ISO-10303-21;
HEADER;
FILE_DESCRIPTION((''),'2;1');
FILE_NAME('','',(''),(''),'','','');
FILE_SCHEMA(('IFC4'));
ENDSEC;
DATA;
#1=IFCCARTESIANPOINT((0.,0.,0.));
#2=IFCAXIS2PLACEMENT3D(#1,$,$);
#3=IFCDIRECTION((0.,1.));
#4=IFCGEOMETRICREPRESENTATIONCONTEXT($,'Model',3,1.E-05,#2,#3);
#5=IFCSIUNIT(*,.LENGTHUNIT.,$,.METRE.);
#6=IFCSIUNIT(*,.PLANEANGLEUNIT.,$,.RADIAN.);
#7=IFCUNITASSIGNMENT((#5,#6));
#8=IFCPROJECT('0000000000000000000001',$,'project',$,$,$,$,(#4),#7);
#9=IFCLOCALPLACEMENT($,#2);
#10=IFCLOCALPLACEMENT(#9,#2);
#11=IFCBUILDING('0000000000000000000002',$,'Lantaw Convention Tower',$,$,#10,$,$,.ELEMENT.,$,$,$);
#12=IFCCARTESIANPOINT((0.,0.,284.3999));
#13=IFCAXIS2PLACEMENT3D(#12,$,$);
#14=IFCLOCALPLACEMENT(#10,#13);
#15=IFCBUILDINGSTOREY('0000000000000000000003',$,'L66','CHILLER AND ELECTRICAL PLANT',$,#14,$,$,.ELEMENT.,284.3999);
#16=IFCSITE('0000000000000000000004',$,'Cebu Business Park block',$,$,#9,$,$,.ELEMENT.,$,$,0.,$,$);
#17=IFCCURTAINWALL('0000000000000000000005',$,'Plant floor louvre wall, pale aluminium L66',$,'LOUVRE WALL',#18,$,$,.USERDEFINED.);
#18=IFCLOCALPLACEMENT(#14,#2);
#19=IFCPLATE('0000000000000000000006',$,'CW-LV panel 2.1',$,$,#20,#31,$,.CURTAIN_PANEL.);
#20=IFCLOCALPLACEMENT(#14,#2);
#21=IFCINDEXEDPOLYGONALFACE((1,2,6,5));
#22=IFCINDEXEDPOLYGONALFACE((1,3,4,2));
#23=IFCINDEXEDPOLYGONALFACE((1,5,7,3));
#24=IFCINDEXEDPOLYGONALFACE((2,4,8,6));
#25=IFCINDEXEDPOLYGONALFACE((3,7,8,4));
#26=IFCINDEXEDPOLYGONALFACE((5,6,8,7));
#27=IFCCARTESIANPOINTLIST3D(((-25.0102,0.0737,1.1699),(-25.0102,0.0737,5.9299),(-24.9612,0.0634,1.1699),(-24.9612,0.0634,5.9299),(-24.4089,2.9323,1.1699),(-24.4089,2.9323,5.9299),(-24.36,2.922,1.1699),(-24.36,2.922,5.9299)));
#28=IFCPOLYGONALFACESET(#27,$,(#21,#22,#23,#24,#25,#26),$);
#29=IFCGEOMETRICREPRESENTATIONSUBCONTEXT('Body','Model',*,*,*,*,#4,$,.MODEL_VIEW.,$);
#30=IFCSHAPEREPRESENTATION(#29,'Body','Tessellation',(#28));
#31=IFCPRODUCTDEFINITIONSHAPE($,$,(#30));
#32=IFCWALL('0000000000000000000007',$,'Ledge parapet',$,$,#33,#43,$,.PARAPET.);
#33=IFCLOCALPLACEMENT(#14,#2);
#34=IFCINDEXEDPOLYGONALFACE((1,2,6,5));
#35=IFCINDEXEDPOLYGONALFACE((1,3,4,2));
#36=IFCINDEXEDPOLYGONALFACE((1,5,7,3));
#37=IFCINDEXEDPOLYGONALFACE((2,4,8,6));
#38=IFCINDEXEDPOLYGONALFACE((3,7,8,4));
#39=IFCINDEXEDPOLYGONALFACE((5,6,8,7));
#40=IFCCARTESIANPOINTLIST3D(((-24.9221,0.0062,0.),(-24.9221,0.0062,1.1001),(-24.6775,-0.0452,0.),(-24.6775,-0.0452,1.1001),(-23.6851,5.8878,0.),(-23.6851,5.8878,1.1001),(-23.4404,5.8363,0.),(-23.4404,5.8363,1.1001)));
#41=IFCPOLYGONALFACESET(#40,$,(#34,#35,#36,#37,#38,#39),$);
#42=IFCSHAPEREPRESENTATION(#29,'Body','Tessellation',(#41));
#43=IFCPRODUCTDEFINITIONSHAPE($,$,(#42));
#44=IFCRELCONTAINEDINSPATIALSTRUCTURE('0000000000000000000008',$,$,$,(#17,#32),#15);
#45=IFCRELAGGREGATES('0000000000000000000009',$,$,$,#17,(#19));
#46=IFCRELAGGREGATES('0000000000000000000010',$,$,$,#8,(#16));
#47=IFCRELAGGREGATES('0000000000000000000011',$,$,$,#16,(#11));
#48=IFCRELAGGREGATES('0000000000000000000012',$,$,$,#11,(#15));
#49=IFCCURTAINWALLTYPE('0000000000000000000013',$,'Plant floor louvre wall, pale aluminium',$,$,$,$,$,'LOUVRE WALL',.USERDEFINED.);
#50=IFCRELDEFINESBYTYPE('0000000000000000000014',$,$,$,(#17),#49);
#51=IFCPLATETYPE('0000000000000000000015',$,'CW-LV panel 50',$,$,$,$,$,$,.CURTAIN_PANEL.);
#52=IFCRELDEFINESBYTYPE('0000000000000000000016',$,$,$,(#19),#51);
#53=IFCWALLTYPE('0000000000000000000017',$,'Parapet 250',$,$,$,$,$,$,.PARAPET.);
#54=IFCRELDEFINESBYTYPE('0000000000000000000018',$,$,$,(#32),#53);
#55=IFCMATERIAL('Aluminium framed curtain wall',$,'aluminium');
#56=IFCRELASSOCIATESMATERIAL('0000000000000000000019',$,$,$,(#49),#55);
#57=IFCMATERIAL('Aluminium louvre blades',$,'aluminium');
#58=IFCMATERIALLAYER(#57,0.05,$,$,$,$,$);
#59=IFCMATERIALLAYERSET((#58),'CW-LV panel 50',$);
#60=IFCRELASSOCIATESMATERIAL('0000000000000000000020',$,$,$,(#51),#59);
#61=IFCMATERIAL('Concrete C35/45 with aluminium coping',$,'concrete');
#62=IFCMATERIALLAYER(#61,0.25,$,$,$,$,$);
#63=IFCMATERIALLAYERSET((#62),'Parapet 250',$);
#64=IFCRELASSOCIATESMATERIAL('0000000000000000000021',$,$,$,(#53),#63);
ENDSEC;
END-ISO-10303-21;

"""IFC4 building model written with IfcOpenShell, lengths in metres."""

from ifc_helpers import new_model, si_unit, direction, frame, frame_2d, origin, origin_2d, place, context, subcontext, project, spatial, rectangle, extrude, material, layer, layer_set, type_object, element, aggregate, save


model = new_model("IFC4")

# Units and contexts
model_context = context("Model", 3, precision=1e-05, world=origin(), true_north=direction((0.0, 1.0)))
body_context = subcontext(model_context, "Body", "Model", "MODEL_VIEW")
ifc_project = project(units=[si_unit("LENGTHUNIT", "METRE"), si_unit("PLANEANGLEUNIT", "RADIAN")], contexts=[model_context])

# Site, building, storey
site_placement = place(None, origin())
site = spatial("IfcSite", under=ifc_project, at=site_placement, Name="Cebu Business Park block", CompositionType="ELEMENT", RefElevation=0.0)
building_placement = place(site_placement, origin())
building = spatial("IfcBuilding", under=site, at=building_placement, Name="Lantaw Convention Tower", CompositionType="ELEMENT")
storey_placement = place(building_placement, frame((0.0, 0.0, 284.3999)))
storey = spatial("IfcBuildingStorey", under=building, at=storey_placement, Name="L66", Description="CHILLER AND ELECTRICAL PLANT", CompositionType="ELEMENT", Elevation=284.3999)

# Shared definitions
ifc_material_1 = material(Name="Aluminium framed curtain wall", Category="aluminium")

# Shared definitions
curtain_wall_type_1 = type_object("IfcCurtainWallType", Name="Plant floor louvre wall, pale aluminium", ElementType="LOUVRE WALL", PredefinedType="USERDEFINED", material=ifc_material_1)

# Curtain wall
curtain_wall_1_placement = place(storey_placement, origin())
curtain_wall_1 = element("IfcCurtainWall", 1, at=curtain_wall_1_placement, inside=storey, type_object=curtain_wall_type_1, Name="Plant floor louvre wall, pale aluminium L66", ObjectType="LOUVRE WALL", PredefinedType="USERDEFINED")

# Plate
ifc_material_2 = material(Name="Aluminium louvre blades", Category="aluminium")
ifc_layer_1 = layer(ifc_material_2, 0.05)
ifc_layer_set_1 = layer_set([ifc_layer_1], Name="CW-LV panel 50")
plate_type_1 = type_object("IfcPlateType", Name="CW-LV panel 50", PredefinedType="CURTAIN_PANEL", material=ifc_layer_set_1)
plate_1_placement = place(storey_placement, frame((-24.6851, 1.4978, 1.1699), z_axis=(0.0, 0.0, 1.0), x_axis=(-0.205814, -0.978591, 0.0)))
plate_1 = element("IfcPlate", 2, at=plate_1_placement, type_object=plate_type_1, Name="CW-LV panel 2.1", PredefinedType="CURTAIN_PANEL", context=body_context, shape_type="SweptSolid", body=[
    extrude(rectangle(XDim=2.9211, YDim=0.05, at=origin_2d()), origin(), (0.0, 0.0, 1.0), 4.76),
])
aggregate(curtain_wall_1, [plate_1])

# Wall
ifc_material_3 = material(Name="Concrete C35/45 with aluminium coping", Category="concrete")
ifc_layer_2 = layer(ifc_material_3, 0.25)
ifc_layer_set_2 = layer_set([ifc_layer_2], Name="Parapet 250")
wall_type = type_object("IfcWallType", Name="Parapet 250", PredefinedType="PARAPET", material=ifc_layer_set_2)
wall_placement = place(storey_placement, frame((-23.5627, 5.8621, 0.0), z_axis=(0.0, 0.0, 1.0), x_axis=(-0.205824, -0.978589, 0.0)))
element("IfcWall", 3, at=wall_placement, inside=storey, type_object=wall_type, Name="Ledge parapet", PredefinedType="PARAPET", context=body_context, shape_type="SweptSolid", body=[
    extrude(rectangle(XDim=6.0103, YDim=0.25, at=frame_2d((3.0051, 0.0))), origin(), (0.0, 0.0, 1.0), 1.1001),
])

save(model, "model.ifc")
